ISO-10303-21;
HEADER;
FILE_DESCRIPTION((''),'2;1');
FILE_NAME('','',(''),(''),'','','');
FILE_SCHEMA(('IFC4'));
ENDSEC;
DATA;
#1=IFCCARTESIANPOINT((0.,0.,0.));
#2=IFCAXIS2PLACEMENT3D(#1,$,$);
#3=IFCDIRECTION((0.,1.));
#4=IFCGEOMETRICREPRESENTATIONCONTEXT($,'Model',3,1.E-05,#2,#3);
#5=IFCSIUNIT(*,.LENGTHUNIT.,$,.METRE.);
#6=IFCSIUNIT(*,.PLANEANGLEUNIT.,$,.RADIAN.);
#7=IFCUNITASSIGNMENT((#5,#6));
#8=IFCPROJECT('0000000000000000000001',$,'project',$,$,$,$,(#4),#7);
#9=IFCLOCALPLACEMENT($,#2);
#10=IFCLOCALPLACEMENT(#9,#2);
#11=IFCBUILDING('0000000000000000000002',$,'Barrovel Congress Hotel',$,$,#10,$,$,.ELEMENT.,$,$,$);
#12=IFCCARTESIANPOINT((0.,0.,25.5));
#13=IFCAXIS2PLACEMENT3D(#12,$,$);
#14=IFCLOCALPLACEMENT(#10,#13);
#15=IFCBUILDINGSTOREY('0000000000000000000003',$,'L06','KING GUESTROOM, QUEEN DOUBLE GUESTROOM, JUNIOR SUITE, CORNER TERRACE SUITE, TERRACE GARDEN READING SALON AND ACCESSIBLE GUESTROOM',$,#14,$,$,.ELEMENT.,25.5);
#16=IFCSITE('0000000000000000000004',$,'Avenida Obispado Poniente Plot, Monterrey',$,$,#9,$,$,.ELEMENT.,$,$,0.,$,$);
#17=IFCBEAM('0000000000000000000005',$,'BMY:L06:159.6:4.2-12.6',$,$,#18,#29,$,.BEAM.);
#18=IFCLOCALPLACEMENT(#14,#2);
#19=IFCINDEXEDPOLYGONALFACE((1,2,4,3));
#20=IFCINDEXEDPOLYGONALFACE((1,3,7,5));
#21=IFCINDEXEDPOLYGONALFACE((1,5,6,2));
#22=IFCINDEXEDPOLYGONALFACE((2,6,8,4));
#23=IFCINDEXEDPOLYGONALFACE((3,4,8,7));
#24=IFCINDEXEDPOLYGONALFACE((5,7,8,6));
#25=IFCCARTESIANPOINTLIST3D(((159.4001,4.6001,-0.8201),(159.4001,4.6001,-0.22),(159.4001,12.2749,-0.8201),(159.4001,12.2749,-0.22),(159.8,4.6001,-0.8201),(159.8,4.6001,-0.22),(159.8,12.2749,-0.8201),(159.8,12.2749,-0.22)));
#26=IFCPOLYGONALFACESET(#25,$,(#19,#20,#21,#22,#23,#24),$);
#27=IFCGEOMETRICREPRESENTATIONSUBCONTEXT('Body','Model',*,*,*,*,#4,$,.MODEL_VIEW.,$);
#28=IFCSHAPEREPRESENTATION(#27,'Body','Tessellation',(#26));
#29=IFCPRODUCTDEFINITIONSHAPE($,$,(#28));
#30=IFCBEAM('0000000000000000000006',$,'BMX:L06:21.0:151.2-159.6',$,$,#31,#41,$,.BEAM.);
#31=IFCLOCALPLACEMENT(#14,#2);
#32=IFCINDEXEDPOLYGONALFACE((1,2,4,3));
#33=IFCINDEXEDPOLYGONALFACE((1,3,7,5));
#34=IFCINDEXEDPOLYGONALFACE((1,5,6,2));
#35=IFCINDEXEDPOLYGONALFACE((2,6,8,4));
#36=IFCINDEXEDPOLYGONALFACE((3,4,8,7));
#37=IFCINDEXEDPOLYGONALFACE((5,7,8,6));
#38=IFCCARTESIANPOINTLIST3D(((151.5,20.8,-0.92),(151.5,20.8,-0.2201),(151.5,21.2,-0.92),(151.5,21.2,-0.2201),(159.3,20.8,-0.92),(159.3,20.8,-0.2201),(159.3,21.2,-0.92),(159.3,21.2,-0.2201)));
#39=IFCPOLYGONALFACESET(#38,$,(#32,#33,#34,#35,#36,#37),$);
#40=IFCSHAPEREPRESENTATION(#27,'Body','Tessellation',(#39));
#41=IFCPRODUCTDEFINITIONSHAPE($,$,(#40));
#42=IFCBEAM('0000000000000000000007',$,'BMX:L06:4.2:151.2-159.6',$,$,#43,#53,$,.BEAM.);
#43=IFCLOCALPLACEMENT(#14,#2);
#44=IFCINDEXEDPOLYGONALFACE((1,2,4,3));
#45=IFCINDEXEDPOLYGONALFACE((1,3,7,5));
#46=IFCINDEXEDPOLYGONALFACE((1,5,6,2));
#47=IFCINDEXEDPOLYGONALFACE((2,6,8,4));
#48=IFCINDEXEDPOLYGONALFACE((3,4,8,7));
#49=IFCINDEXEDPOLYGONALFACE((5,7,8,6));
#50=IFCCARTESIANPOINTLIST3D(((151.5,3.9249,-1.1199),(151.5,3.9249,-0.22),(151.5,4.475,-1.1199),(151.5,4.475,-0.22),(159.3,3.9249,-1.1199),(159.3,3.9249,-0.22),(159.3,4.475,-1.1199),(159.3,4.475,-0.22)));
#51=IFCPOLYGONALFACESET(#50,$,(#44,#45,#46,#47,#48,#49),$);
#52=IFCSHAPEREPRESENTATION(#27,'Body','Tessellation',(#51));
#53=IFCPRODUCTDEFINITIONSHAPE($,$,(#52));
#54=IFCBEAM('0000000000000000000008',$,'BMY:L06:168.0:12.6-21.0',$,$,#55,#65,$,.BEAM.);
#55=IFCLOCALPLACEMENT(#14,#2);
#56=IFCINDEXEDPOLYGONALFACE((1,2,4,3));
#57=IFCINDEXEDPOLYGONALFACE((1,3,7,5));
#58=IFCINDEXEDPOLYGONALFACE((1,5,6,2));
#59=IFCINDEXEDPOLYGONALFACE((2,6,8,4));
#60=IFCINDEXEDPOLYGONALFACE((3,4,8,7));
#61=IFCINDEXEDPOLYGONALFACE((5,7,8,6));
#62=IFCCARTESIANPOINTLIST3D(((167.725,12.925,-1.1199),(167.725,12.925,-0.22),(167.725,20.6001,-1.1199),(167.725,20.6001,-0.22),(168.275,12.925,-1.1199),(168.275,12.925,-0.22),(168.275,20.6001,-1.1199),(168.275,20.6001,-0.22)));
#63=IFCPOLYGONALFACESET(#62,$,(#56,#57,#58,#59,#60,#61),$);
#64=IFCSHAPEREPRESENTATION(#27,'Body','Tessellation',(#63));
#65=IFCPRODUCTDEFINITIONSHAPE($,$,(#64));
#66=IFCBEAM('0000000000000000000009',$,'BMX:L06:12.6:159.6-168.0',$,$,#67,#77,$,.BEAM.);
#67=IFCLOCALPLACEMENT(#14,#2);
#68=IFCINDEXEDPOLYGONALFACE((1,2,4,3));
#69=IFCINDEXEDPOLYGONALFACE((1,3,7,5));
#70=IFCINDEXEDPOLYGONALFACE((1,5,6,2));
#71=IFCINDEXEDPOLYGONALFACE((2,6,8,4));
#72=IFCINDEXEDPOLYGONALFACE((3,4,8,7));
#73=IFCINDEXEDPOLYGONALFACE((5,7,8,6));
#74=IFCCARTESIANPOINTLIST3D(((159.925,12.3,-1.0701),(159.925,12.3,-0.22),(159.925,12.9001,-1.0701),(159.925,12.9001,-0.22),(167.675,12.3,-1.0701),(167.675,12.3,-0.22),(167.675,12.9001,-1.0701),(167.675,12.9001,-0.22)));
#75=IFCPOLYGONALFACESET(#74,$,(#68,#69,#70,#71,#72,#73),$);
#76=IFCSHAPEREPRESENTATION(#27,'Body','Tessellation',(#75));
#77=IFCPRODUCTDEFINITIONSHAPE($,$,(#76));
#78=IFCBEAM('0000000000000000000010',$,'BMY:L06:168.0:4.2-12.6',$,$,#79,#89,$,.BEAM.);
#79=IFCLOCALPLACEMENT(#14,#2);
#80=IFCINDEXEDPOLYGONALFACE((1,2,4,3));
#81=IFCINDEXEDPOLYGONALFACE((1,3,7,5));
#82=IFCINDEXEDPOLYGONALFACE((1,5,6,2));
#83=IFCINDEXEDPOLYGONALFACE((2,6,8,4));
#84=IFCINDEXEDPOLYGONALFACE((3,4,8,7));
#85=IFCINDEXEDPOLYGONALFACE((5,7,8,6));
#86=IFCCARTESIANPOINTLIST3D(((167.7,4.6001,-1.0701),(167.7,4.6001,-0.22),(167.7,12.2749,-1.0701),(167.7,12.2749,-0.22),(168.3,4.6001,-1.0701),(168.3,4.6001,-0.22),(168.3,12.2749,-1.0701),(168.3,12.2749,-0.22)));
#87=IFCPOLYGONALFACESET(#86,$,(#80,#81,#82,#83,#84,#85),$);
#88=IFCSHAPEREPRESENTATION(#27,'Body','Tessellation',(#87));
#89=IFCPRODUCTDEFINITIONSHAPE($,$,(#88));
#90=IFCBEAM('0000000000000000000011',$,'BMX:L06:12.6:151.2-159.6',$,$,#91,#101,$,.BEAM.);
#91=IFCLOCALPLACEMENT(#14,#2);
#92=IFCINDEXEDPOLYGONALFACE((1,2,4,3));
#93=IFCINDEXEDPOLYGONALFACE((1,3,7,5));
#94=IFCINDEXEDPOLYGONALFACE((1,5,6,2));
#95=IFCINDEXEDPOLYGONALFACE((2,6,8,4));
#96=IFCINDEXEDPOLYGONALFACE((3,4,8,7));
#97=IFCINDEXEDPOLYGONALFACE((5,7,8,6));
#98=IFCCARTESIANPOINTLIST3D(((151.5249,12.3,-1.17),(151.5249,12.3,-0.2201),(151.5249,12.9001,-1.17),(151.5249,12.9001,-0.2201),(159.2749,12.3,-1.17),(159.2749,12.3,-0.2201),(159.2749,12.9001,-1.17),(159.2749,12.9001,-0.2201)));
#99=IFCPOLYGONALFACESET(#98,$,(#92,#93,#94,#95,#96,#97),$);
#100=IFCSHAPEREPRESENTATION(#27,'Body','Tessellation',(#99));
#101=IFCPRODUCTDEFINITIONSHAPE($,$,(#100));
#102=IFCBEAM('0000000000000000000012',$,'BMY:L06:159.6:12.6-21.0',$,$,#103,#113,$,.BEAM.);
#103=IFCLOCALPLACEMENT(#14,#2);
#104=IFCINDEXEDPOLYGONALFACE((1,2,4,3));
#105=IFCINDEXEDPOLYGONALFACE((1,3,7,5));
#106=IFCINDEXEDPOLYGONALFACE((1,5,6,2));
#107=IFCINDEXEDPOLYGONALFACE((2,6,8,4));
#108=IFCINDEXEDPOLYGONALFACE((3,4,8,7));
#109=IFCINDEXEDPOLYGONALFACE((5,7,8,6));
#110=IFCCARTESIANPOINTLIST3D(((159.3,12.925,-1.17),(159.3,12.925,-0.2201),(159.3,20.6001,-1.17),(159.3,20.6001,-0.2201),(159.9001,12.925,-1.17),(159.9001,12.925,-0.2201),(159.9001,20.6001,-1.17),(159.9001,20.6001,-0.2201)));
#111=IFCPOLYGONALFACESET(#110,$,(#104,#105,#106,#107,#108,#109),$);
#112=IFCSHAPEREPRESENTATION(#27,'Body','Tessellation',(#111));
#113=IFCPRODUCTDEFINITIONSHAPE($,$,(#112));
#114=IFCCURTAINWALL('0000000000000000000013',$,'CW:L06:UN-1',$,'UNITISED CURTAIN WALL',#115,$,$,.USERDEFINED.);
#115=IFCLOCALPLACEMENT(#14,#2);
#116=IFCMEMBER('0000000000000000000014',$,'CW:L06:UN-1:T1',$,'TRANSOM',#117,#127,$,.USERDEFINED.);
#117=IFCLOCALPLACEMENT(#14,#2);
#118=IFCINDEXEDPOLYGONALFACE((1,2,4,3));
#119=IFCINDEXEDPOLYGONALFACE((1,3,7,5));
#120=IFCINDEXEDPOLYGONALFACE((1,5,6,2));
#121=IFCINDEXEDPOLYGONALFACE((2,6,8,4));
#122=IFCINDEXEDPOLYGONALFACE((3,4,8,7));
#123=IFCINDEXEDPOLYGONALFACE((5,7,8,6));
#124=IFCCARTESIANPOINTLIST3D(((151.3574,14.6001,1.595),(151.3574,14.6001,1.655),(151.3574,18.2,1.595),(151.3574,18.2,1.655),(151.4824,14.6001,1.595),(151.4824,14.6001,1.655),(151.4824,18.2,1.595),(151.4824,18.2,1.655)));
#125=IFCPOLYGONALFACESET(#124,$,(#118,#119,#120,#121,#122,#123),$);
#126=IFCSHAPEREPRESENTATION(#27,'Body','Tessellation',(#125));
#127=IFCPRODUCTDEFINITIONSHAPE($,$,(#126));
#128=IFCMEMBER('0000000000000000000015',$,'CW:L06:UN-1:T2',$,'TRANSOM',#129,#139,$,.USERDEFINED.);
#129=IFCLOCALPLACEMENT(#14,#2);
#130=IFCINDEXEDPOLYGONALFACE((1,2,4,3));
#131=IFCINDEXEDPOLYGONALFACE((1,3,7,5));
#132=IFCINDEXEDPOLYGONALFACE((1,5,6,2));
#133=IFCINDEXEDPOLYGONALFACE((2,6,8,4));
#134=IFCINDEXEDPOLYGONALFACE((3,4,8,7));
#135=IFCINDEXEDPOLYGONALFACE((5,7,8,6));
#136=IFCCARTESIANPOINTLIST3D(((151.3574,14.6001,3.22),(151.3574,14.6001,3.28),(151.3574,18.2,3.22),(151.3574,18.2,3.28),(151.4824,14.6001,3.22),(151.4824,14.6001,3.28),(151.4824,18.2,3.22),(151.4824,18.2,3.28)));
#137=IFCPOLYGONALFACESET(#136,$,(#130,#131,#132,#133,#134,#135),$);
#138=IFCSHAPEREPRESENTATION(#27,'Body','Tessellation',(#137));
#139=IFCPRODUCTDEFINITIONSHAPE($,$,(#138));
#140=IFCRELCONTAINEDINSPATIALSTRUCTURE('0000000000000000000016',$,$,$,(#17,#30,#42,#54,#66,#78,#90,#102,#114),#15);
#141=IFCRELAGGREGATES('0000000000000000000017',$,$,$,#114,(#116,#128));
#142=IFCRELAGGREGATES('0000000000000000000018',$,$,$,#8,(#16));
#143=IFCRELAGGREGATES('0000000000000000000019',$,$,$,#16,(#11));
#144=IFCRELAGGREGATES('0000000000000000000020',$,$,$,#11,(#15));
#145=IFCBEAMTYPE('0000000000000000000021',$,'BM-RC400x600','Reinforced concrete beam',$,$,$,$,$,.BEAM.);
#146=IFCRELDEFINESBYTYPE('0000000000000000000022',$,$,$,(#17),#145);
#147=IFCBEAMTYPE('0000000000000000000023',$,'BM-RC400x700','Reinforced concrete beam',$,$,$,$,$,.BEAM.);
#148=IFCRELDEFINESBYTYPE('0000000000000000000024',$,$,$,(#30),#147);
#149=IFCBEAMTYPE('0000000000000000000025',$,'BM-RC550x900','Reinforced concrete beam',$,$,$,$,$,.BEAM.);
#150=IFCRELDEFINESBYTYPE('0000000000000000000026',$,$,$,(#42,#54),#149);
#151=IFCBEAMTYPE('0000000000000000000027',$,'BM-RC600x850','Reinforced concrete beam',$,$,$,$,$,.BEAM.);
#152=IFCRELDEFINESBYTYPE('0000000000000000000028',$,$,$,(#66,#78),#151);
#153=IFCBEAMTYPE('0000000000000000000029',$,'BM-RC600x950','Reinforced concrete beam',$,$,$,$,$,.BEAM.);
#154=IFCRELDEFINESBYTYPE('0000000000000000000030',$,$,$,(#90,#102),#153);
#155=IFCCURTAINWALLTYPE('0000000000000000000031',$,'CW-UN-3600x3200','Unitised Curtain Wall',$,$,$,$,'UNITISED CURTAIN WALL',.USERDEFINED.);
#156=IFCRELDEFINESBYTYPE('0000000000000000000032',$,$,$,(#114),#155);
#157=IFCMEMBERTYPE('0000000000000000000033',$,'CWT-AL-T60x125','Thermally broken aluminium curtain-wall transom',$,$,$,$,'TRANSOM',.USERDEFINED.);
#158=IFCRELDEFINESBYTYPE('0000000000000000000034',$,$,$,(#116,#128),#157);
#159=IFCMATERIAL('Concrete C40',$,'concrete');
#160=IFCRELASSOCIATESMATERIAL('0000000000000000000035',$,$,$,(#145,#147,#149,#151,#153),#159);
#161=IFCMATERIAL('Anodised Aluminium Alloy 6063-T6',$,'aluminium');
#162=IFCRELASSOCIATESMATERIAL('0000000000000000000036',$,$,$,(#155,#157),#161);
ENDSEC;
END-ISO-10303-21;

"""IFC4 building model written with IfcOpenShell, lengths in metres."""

from ifc_helpers import new_model, si_unit, direction, frame, origin, origin_2d, place, context, subcontext, project, spatial, rectangle, extrude, material, material_profile, profile_set, type_object, element, aggregate, save


model = new_model("IFC4")

# Units and contexts
model_context = context("Model", 3, precision=1e-05, world=origin(), true_north=direction((0.0, 1.0)))
body_context = subcontext(model_context, "Body", "Model", "MODEL_VIEW")
ifc_project = project(units=[si_unit("LENGTHUNIT", "METRE"), si_unit("PLANEANGLEUNIT", "RADIAN")], contexts=[model_context])

# Site, building, storey
site_placement = place(None, origin())
site = spatial("IfcSite", under=ifc_project, at=site_placement, Name="Avenida Obispado Poniente Plot, Monterrey", CompositionType="ELEMENT", RefElevation=0.0)
building_placement = place(site_placement, origin())
building = spatial("IfcBuilding", under=site, at=building_placement, Name="Barrovel Congress Hotel", CompositionType="ELEMENT")
storey_placement = place(building_placement, frame((0.0, 0.0, 25.5)))
storey = spatial("IfcBuildingStorey", under=building, at=storey_placement, Name="L06", Description="KING GUESTROOM, QUEEN DOUBLE GUESTROOM, JUNIOR SUITE, CORNER TERRACE SUITE, TERRACE GARDEN READING SALON AND ACCESSIBLE GUESTROOM", CompositionType="ELEMENT", Elevation=25.5)

# Beams
ifc_material_1 = material(Name="Concrete C40", Category="concrete")
ifc_material_profile_1 = material_profile(ifc_material_1, rectangle(XDim=0.3999, YDim=0.6001, at=origin_2d()), Name="RC400x600")
ifc_profile_set_1 = profile_set([ifc_material_profile_1], Name="Concrete C40")
beam_type_1 = type_object("IfcBeamType", Name="BM-RC400x600", Description="Reinforced concrete beam", PredefinedType="BEAM", material=ifc_profile_set_1)
beam_1_placement = place(storey_placement, frame((159.6001, 4.6001, -0.52), z_axis=(0.0, 1.0, 0.0), x_axis=(-1.0, 0.0, 0.0)))
element("IfcBeam", 1, at=beam_1_placement, inside=storey, type_object=beam_type_1, Name="BMY:L06:159.6:4.2-12.6", PredefinedType="BEAM", context=body_context, shape_type="SweptSolid", body=[
    extrude(rectangle(XDim=0.3999, YDim=0.6001, at=origin_2d()), origin(), (0.0, 0.0, 1.0), 7.6748),
])
ifc_material_profile_2 = material_profile(ifc_material_1, rectangle(XDim=0.3999, YDim=0.7, at=origin_2d()), Name="RC400x700")
ifc_profile_set_2 = profile_set([ifc_material_profile_2], Name="Concrete C40")
beam_type_2 = type_object("IfcBeamType", Name="BM-RC400x700", Description="Reinforced concrete beam", PredefinedType="BEAM", material=ifc_profile_set_2)
beam_2_placement = place(storey_placement, frame((151.5, 21.0, -0.5701), z_axis=(1.0, 0.0, 0.0), x_axis=(0.0, 1.0, 0.0)))
element("IfcBeam", 2, at=beam_2_placement, inside=storey, type_object=beam_type_2, Name="BMX:L06:21.0:151.2-159.6", PredefinedType="BEAM", context=body_context, shape_type="SweptSolid", body=[
    extrude(rectangle(XDim=0.3999, YDim=0.7, at=origin_2d()), origin(), (0.0, 0.0, 1.0), 7.8),
])
ifc_material_profile_3 = material_profile(ifc_material_1, rectangle(XDim=0.55, YDim=0.8999, at=origin_2d()), Name="RC550x900")
ifc_profile_set_3 = profile_set([ifc_material_profile_3], Name="Concrete C40")
beam_type_3 = type_object("IfcBeamType", Name="BM-RC550x900", Description="Reinforced concrete beam", PredefinedType="BEAM", material=ifc_profile_set_3)
beam_3_placement = place(storey_placement, frame((151.5, 4.2, -0.6699), z_axis=(1.0, 0.0, 0.0), x_axis=(0.0, 1.0, 0.0)))
element("IfcBeam", 3, at=beam_3_placement, inside=storey, type_object=beam_type_3, Name="BMX:L06:4.2:151.2-159.6", PredefinedType="BEAM", context=body_context, shape_type="SweptSolid", body=[
    extrude(rectangle(XDim=0.55, YDim=0.8999, at=origin_2d()), origin(), (0.0, 0.0, 1.0), 7.8),
])
beam_4_placement = place(storey_placement, frame((168.0, 12.925, -0.6699), z_axis=(0.0, 1.0, 0.0), x_axis=(-1.0, 0.0, 0.0)))
element("IfcBeam", 4, at=beam_4_placement, inside=storey, type_object=beam_type_3, Name="BMY:L06:168.0:12.6-21.0", PredefinedType="BEAM", context=body_context, shape_type="SweptSolid", body=[
    extrude(rectangle(XDim=0.55, YDim=0.8999, at=origin_2d()), origin(), (0.0, 0.0, 1.0), 7.675),
])
ifc_material_profile_4 = material_profile(ifc_material_1, rectangle(XDim=0.6001, YDim=0.8501, at=origin_2d()), Name="RC600x850")
ifc_profile_set_4 = profile_set([ifc_material_profile_4], Name="Concrete C40")
beam_type_4 = type_object("IfcBeamType", Name="BM-RC600x850", Description="Reinforced concrete beam", PredefinedType="BEAM", material=ifc_profile_set_4)
beam_5_placement = place(storey_placement, frame((159.925, 12.6001, -0.645), z_axis=(1.0, 0.0, 0.0), x_axis=(0.0, 1.0, 0.0)))
element("IfcBeam", 5, at=beam_5_placement, inside=storey, type_object=beam_type_4, Name="BMX:L06:12.6:159.6-168.0", PredefinedType="BEAM", context=body_context, shape_type="SweptSolid", body=[
    extrude(rectangle(XDim=0.6001, YDim=0.8501, at=origin_2d()), origin(), (0.0, 0.0, 1.0), 7.75),
])
beam_6_placement = place(storey_placement, frame((168.0, 4.6001, -0.645), z_axis=(0.0, 1.0, 0.0), x_axis=(-1.0, 0.0, 0.0)))
element("IfcBeam", 6, at=beam_6_placement, inside=storey, type_object=beam_type_4, Name="BMY:L06:168.0:4.2-12.6", PredefinedType="BEAM", context=body_context, shape_type="SweptSolid", body=[
    extrude(rectangle(XDim=0.6001, YDim=0.8501, at=origin_2d()), origin(), (0.0, 0.0, 1.0), 7.6748),
])
ifc_material_profile_5 = material_profile(ifc_material_1, rectangle(XDim=0.6001, YDim=0.95, at=origin_2d()), Name="RC600x950")
ifc_profile_set_5 = profile_set([ifc_material_profile_5], Name="Concrete C40")
beam_type_5 = type_object("IfcBeamType", Name="BM-RC600x950", Description="Reinforced concrete beam", PredefinedType="BEAM", material=ifc_profile_set_5)
beam_7_placement = place(storey_placement, frame((151.5249, 12.6001, -0.6951), z_axis=(1.0, 0.0, 0.0), x_axis=(0.0, 1.0, 0.0)))
element("IfcBeam", 7, at=beam_7_placement, inside=storey, type_object=beam_type_5, Name="BMX:L06:12.6:151.2-159.6", PredefinedType="BEAM", context=body_context, shape_type="SweptSolid", body=[
    extrude(rectangle(XDim=0.6001, YDim=0.95, at=origin_2d()), origin(), (0.0, 0.0, 1.0), 7.75),
])
beam_8_placement = place(storey_placement, frame((159.6001, 12.925, -0.6951), z_axis=(0.0, 1.0, 0.0), x_axis=(-1.0, 0.0, 0.0)))
element("IfcBeam", 8, at=beam_8_placement, inside=storey, type_object=beam_type_5, Name="BMY:L06:159.6:12.6-21.0", PredefinedType="BEAM", context=body_context, shape_type="SweptSolid", body=[
    extrude(rectangle(XDim=0.6001, YDim=0.95, at=origin_2d()), origin(), (0.0, 0.0, 1.0), 7.675),
])

# Curtain wall, members
ifc_material_2 = material(Name="Anodised Aluminium Alloy 6063-T6", Category="aluminium")
curtain_wall_type = type_object("IfcCurtainWallType", Name="CW-UN-3600x3200", Description="Unitised Curtain Wall", ElementType="UNITISED CURTAIN WALL", PredefinedType="USERDEFINED", material=ifc_material_2)
curtain_wall_placement = place(storey_placement, origin())
curtain_wall = element("IfcCurtainWall", 9, at=curtain_wall_placement, inside=storey, type_object=curtain_wall_type, Name="CW:L06:UN-1", ObjectType="UNITISED CURTAIN WALL", PredefinedType="USERDEFINED")
ifc_material_profile_6 = material_profile(ifc_material_2, rectangle(XDim=0.125, YDim=0.0601, at=origin_2d()), Name="AL-T60x125")
ifc_profile_set_6 = profile_set([ifc_material_profile_6], Name="Anodised Aluminium Alloy 6063-T6")
member_type = type_object("IfcMemberType", Name="CWT-AL-T60x125", Description="Thermally broken aluminium curtain-wall transom", ElementType="TRANSOM", PredefinedType="USERDEFINED", material=ifc_profile_set_6)
member_1_placement = place(storey_placement, frame((151.4199, 14.6001, 1.625), z_axis=(0.0, 1.0, 0.0), x_axis=(-1.0, 0.0, 0.0)))
member_1 = element("IfcMember", 10, at=member_1_placement, type_object=member_type, Name="CW:L06:UN-1:T1", ObjectType="TRANSOM", PredefinedType="USERDEFINED", context=body_context, shape_type="SweptSolid", body=[
    extrude(rectangle(XDim=0.125, YDim=0.0601, at=origin_2d()), origin(), (0.0, 0.0, 1.0), 3.5999),
])
member_2_placement = place(storey_placement, frame((151.4199, 14.6001, 3.25), z_axis=(0.0, 1.0, 0.0), x_axis=(-1.0, 0.0, 0.0)))
member_2 = element("IfcMember", 11, at=member_2_placement, type_object=member_type, Name="CW:L06:UN-1:T2", ObjectType="TRANSOM", PredefinedType="USERDEFINED", context=body_context, shape_type="SweptSolid", body=[
    extrude(rectangle(XDim=0.125, YDim=0.0601, at=origin_2d()), origin(), (0.0, 0.0, 1.0), 3.5999),
])

aggregate(curtain_wall, [member_1, member_2])

save(model, "model.ifc")
